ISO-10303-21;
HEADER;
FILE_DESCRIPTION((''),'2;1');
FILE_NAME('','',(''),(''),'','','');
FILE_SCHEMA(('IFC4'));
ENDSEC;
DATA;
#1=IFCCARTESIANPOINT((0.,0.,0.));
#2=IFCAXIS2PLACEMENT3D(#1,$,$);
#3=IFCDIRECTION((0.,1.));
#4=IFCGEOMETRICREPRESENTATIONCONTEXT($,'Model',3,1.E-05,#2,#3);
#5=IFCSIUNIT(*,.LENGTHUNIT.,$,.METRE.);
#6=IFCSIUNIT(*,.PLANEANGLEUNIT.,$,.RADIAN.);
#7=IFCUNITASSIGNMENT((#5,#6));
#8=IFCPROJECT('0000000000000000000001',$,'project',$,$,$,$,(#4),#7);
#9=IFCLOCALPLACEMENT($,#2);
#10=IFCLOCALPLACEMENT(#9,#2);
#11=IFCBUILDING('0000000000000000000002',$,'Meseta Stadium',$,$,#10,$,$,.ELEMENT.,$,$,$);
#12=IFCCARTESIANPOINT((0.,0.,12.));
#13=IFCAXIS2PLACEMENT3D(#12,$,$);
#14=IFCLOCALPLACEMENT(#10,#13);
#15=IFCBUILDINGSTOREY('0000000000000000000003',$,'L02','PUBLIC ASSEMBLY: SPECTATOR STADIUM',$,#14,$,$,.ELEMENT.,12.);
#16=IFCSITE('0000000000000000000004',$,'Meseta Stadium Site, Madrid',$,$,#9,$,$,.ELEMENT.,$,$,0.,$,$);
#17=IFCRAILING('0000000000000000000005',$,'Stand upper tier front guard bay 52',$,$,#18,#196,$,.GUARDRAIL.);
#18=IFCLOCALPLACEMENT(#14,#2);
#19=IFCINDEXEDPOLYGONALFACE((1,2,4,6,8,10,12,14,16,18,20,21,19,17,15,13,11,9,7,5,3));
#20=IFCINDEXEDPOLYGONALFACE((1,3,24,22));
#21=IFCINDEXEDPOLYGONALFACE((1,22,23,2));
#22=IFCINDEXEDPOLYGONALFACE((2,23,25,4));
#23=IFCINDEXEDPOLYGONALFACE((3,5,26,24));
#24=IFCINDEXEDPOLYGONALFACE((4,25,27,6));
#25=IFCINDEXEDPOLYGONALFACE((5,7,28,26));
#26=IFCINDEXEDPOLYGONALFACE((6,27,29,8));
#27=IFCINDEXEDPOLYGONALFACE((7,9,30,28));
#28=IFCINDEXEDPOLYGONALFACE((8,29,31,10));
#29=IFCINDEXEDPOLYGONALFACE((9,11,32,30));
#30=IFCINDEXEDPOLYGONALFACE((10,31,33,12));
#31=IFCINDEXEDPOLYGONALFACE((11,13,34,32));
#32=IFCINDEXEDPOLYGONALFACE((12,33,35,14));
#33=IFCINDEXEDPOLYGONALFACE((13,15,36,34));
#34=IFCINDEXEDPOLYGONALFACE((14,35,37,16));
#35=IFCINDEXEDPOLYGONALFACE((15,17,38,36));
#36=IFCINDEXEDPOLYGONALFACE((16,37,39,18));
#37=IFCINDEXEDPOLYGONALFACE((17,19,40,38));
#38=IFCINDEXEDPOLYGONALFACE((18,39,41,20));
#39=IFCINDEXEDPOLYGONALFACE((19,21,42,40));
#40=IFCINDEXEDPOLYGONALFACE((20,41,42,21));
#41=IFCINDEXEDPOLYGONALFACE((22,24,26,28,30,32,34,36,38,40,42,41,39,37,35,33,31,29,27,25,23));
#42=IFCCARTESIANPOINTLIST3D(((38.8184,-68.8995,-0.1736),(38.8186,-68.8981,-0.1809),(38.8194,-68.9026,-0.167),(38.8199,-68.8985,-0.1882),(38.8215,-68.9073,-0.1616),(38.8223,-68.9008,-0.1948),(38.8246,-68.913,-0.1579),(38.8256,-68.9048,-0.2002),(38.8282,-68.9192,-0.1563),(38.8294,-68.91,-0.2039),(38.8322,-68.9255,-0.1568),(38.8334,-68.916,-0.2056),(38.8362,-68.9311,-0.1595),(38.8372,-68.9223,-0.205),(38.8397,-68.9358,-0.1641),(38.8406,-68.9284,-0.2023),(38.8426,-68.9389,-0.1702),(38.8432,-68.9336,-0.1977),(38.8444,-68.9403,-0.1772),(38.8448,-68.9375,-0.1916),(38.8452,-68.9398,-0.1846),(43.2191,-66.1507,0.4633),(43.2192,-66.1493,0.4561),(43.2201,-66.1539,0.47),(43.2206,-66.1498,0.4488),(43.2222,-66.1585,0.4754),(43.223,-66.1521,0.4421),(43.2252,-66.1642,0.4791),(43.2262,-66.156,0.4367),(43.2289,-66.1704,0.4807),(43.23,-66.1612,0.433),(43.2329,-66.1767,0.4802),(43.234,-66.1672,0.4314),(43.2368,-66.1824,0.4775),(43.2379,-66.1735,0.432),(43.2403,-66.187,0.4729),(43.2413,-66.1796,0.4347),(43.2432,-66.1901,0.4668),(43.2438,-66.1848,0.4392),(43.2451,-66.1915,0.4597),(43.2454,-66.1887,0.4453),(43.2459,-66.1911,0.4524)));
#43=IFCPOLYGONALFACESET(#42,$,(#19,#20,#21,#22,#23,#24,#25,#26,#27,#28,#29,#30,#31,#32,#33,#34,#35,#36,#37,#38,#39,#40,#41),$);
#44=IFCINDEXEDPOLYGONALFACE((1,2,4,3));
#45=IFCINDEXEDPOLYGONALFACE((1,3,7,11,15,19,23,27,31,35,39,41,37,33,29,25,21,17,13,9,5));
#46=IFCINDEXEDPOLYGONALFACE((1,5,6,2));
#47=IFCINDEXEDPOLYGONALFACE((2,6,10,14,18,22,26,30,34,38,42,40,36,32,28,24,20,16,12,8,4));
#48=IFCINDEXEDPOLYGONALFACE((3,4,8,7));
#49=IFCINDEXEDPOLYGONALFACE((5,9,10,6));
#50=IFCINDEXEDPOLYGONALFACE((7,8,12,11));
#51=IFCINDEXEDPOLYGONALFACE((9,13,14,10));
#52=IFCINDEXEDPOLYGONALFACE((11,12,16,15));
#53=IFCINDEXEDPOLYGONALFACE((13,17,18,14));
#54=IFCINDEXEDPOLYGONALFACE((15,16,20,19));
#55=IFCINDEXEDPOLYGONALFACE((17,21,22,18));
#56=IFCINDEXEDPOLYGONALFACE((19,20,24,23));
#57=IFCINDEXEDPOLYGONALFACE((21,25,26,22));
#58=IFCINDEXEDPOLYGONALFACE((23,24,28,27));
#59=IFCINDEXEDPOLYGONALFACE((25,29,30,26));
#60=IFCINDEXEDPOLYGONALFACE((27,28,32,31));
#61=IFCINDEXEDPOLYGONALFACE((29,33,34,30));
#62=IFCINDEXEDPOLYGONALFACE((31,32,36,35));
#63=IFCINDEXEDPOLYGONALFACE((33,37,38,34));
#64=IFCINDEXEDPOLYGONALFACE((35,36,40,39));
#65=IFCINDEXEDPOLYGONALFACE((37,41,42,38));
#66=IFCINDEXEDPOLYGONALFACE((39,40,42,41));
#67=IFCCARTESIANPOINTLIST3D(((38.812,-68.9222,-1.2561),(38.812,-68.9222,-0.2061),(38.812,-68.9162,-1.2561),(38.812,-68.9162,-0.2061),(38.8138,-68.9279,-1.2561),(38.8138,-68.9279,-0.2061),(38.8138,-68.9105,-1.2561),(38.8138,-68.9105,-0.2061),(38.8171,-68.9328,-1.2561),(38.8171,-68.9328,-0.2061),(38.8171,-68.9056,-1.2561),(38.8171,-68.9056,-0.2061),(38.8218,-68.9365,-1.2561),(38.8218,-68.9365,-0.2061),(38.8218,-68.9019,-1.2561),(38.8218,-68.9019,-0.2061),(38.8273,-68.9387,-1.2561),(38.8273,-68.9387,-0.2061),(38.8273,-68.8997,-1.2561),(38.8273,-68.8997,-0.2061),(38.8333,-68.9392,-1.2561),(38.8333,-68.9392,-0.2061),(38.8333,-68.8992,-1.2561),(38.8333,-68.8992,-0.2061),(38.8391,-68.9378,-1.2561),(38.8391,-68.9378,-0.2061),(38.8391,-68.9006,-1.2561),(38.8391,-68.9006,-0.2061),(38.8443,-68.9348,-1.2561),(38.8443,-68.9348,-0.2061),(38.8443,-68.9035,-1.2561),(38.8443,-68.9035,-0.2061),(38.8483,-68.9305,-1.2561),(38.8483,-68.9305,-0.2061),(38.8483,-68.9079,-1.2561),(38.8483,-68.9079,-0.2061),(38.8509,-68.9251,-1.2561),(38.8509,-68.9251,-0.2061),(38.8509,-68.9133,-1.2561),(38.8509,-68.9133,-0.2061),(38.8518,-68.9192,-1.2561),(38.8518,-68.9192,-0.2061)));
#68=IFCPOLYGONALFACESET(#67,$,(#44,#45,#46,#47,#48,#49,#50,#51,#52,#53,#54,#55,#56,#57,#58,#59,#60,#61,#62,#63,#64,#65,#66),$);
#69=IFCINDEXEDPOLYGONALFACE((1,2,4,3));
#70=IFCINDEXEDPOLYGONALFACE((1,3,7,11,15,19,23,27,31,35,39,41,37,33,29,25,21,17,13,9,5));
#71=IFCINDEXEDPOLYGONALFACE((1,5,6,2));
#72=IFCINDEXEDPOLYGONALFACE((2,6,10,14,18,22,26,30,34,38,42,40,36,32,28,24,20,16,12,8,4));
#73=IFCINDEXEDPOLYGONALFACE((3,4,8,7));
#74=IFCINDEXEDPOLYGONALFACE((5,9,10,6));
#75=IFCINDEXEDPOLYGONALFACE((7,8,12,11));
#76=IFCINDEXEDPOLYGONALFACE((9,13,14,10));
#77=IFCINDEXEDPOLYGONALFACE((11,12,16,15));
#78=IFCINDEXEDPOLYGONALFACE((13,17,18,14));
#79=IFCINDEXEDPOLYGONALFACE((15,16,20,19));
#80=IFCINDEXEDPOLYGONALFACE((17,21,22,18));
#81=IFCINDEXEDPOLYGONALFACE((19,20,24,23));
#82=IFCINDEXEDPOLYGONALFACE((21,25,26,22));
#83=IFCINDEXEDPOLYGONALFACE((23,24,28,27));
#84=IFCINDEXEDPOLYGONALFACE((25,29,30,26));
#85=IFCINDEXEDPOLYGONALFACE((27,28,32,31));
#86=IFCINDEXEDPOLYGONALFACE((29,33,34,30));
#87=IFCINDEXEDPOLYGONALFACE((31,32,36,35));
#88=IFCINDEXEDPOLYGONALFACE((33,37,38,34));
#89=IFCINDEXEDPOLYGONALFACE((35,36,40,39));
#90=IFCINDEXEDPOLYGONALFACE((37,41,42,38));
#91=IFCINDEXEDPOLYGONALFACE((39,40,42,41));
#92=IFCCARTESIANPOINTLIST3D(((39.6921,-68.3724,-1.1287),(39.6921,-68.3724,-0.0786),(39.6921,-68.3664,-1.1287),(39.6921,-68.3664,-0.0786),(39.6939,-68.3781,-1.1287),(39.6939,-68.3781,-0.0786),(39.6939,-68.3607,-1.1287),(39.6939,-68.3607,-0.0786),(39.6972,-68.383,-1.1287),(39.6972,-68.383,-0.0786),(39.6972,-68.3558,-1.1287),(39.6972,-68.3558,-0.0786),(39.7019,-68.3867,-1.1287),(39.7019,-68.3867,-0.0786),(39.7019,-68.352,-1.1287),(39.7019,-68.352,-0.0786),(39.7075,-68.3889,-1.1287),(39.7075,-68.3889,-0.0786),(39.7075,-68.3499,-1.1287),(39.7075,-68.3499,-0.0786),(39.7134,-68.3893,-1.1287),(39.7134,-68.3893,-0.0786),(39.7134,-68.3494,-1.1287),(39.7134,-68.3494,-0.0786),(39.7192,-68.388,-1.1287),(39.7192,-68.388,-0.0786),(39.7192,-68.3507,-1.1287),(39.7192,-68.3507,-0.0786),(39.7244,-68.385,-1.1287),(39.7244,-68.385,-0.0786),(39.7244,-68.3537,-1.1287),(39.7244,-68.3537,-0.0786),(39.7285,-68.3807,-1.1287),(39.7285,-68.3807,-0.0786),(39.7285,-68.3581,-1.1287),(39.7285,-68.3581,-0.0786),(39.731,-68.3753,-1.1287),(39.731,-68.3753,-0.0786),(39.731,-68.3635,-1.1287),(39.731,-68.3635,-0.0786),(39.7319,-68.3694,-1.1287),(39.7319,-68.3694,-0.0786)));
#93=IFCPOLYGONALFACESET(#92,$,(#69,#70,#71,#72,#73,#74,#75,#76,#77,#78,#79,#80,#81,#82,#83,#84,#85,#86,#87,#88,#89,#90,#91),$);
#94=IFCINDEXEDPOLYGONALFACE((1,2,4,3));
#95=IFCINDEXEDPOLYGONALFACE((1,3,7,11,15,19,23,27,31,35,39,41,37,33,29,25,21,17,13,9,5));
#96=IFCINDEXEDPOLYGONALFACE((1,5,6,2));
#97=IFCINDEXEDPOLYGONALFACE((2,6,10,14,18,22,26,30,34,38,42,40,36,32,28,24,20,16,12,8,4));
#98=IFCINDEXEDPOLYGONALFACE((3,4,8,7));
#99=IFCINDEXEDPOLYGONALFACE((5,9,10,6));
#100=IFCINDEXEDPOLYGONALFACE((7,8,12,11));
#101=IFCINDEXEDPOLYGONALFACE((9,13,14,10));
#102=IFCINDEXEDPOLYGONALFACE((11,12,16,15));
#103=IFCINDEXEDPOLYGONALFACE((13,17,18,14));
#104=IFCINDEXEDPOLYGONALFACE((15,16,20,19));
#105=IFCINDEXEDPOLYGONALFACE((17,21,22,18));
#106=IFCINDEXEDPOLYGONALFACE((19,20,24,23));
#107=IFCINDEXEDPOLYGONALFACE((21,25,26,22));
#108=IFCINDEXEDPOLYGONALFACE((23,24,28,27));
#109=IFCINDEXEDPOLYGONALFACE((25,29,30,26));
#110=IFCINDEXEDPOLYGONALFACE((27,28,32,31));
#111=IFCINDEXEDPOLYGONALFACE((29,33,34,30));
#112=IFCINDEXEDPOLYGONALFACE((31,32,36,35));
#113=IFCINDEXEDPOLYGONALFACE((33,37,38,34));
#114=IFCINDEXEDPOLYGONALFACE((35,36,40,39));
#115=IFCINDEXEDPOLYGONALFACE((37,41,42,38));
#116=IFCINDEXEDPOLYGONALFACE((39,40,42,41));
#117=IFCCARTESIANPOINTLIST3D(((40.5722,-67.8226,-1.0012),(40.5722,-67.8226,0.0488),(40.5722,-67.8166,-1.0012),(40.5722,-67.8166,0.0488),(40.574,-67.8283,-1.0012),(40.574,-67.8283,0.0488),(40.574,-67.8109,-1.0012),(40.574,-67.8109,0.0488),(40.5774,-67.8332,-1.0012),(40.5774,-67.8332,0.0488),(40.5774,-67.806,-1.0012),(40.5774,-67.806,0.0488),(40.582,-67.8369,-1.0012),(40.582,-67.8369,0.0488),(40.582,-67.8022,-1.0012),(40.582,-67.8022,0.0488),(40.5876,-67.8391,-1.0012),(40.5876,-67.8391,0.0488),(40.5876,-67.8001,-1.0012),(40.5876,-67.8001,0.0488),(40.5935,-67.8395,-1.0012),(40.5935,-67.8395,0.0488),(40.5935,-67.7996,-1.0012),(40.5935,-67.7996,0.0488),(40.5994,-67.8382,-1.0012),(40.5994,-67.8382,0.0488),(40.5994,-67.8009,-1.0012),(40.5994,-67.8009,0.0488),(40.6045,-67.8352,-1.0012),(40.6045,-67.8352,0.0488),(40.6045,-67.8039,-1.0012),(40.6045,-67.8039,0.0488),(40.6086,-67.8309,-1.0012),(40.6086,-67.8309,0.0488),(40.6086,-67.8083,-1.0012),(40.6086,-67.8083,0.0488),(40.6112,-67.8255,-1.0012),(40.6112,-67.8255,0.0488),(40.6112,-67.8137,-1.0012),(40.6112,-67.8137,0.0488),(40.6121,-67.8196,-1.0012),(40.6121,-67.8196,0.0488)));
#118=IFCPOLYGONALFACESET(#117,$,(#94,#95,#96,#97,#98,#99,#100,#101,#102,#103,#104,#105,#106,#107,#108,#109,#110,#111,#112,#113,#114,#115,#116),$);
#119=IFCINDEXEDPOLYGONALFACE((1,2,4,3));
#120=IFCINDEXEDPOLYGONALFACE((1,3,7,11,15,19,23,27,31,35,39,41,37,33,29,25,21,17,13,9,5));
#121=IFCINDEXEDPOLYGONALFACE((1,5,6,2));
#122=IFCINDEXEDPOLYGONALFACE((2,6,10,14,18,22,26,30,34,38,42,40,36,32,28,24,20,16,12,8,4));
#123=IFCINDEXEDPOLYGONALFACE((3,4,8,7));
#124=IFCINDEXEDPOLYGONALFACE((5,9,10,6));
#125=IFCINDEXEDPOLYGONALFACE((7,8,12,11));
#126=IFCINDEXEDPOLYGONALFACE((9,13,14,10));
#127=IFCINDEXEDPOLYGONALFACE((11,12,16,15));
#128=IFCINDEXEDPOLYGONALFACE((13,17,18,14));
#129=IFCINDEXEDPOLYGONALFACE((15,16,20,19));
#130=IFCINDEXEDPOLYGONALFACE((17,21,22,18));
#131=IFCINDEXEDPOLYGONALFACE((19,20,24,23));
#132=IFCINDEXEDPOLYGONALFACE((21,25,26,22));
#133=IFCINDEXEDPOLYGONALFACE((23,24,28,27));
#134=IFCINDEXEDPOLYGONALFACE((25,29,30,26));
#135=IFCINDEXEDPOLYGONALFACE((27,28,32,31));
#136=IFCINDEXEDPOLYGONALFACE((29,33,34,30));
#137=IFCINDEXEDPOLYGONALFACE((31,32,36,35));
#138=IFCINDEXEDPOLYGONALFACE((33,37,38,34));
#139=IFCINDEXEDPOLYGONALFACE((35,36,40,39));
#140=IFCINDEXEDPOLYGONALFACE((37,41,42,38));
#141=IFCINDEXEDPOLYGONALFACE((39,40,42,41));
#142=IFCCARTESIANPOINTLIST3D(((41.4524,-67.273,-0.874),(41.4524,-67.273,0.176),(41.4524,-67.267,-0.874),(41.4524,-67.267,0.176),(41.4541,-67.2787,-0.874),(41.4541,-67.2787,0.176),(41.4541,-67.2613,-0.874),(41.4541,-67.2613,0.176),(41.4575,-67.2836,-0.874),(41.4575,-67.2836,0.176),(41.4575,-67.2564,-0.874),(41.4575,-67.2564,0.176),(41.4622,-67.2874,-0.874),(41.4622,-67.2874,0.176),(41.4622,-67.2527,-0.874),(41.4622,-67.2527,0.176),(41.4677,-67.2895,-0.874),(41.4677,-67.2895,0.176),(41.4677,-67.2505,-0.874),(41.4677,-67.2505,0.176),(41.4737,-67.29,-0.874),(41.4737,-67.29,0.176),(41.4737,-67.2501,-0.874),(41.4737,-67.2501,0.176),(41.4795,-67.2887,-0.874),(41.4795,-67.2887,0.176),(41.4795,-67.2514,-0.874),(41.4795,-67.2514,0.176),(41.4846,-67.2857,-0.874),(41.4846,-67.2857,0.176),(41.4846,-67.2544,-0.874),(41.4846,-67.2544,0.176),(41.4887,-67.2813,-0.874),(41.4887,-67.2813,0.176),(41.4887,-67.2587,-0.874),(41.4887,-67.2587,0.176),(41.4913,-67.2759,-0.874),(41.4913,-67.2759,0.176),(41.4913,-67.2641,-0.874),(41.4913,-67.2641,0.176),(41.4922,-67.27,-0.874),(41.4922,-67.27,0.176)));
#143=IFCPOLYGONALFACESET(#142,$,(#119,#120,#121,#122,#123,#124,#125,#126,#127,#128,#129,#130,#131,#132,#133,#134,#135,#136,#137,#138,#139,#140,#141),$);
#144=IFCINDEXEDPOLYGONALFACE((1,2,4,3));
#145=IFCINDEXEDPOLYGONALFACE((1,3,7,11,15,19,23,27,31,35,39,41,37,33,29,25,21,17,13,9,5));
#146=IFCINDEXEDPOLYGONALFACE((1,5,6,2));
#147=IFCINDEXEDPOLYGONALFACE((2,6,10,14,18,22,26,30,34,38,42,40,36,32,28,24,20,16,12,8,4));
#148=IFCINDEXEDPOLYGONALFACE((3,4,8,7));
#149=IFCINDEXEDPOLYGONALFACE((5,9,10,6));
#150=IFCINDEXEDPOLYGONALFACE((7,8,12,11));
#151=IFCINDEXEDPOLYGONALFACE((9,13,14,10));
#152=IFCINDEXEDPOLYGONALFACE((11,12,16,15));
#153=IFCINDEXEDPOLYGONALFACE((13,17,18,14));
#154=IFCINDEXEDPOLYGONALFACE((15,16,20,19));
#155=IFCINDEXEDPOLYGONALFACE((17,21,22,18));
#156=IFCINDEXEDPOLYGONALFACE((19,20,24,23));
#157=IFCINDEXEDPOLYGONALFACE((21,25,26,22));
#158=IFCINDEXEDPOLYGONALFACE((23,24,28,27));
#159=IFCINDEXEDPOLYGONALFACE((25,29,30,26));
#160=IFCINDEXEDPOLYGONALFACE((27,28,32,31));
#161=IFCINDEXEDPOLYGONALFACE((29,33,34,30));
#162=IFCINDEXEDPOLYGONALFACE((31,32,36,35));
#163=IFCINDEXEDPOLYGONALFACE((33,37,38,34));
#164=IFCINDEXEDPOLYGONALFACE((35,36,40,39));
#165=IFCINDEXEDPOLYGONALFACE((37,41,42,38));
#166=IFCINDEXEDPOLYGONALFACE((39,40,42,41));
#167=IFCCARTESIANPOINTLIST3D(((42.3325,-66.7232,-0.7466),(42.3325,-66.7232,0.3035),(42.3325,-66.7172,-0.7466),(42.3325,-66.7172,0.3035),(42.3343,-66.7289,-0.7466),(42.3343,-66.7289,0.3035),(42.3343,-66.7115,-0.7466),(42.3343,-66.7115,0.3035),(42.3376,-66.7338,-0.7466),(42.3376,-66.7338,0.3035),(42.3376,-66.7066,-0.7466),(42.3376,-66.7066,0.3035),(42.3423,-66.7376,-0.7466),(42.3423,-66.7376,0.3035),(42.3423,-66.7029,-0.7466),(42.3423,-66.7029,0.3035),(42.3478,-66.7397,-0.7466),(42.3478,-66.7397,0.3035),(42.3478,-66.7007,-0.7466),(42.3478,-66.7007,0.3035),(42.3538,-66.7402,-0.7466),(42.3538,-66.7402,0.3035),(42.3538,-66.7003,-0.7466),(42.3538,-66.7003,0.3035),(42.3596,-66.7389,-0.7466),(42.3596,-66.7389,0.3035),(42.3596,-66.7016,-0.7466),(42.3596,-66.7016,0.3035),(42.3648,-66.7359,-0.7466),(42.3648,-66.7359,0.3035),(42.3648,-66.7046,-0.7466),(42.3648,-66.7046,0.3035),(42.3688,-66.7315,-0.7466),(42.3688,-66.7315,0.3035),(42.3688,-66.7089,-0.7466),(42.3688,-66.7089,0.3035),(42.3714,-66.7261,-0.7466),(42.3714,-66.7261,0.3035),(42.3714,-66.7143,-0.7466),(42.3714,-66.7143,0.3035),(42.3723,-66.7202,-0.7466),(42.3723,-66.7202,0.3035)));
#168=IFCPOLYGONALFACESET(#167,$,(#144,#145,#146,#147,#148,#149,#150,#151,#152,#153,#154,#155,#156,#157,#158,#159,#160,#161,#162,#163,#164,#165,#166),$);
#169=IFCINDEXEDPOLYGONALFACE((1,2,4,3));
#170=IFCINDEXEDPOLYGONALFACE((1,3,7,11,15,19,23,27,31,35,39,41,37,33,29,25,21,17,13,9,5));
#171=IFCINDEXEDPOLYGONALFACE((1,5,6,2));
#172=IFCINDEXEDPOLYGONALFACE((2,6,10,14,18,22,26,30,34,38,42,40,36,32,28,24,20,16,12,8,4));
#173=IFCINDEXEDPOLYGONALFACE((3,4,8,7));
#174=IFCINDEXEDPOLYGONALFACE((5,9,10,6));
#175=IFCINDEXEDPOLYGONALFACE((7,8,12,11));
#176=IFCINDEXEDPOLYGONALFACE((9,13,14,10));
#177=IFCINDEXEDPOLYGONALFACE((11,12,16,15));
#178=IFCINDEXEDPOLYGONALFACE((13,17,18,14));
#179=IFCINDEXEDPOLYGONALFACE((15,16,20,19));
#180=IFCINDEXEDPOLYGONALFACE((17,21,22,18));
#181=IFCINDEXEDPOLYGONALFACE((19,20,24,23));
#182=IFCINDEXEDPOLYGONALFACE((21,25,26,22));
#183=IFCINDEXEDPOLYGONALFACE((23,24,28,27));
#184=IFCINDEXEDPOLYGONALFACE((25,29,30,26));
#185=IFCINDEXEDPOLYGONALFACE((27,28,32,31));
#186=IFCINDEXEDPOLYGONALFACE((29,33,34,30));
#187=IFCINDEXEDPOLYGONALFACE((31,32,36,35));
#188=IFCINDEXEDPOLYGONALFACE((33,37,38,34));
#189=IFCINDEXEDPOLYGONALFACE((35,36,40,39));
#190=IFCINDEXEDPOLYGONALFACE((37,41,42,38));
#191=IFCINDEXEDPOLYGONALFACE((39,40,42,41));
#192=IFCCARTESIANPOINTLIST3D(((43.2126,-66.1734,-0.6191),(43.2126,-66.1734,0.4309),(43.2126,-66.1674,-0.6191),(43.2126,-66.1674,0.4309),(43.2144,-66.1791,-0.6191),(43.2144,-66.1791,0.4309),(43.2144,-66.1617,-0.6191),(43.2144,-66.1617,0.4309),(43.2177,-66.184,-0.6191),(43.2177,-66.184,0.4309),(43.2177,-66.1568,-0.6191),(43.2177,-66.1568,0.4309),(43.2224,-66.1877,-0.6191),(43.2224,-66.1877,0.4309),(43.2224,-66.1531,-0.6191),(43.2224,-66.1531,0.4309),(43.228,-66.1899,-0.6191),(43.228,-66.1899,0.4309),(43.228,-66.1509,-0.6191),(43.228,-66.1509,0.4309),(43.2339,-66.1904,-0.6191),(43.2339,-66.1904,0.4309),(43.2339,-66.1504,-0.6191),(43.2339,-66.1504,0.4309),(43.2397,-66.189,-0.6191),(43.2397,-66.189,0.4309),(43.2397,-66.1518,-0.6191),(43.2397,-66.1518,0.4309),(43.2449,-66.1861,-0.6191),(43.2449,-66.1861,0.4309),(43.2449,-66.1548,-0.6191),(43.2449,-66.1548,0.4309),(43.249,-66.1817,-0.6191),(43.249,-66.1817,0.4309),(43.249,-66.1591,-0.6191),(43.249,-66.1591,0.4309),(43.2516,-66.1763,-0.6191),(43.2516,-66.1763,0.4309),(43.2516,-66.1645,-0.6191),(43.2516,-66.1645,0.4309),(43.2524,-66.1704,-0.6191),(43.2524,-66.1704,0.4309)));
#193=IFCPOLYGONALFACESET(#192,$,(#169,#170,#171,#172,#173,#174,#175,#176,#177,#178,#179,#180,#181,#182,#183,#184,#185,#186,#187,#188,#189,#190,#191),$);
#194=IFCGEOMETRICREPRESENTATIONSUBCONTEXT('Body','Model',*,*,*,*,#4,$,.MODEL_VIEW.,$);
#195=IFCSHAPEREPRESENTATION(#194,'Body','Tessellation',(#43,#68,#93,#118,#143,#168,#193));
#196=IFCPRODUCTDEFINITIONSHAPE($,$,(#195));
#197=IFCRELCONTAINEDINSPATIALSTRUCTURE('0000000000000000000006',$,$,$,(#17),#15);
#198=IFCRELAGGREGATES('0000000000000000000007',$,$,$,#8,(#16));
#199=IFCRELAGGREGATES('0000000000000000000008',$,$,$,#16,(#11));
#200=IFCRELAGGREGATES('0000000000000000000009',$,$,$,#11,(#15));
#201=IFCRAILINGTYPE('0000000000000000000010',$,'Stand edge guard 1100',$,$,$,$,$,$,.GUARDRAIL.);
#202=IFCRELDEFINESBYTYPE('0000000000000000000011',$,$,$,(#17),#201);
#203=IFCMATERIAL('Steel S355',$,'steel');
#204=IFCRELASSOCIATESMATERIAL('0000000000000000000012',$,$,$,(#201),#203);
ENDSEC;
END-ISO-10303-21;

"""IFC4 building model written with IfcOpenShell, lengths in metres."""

from ifc_helpers import new_model, si_unit, direction, frame, origin, origin_2d, place, context, subcontext, project, spatial, circle, extrude, material, type_object, element, save


model = new_model("IFC4")

# Units and contexts
model_context = context("Model", 3, precision=1e-05, world=origin(), true_north=direction((0.0, 1.0)))
body_context = subcontext(model_context, "Body", "Model", "MODEL_VIEW")
ifc_project = project(units=[si_unit("LENGTHUNIT", "METRE"), si_unit("PLANEANGLEUNIT", "RADIAN")], contexts=[model_context])

# Site, building, storey
site_placement = place(None, origin())
site = spatial("IfcSite", under=ifc_project, at=site_placement, Name="Meseta Stadium Site, Madrid", CompositionType="ELEMENT", RefElevation=0.0)
building_placement = place(site_placement, origin())
building = spatial("IfcBuilding", under=site, at=building_placement, Name="Meseta Stadium", CompositionType="ELEMENT")
storey_placement = place(building_placement, frame((0.0, 0.0, 12.0)))
storey = spatial("IfcBuildingStorey", under=building, at=storey_placement, Name="L02", Description="PUBLIC ASSEMBLY: SPECTATOR STADIUM", CompositionType="ELEMENT", Elevation=12.0)

# Railing
ifc_material_1 = material(Name="Steel S355", Category="steel")
railing_type = type_object("IfcRailingType", Name="Stand edge guard 1100", PredefinedType="GUARDRAIL", material=ifc_material_1)
railing_1_placement = place(storey_placement, frame((38.8318, -68.9192, -1.2561)))
element("IfcRailing", 1, at=railing_1_placement, inside=storey, type_object=railing_type, Name="Stand upper tier front guard bay 52", PredefinedType="GUARDRAIL", context=body_context, shape_type="SweptSolid", body=[
    extrude(circle(Radius=0.0249, at=origin_2d()), frame((0.0, 0.0, 1.0752), z_axis=(0.841819, 0.525827, 0.121848), x_axis=(-0.529775, 0.848138, 0.0)), (0.0, 0.0, 1.0), 5.2275),
    extrude(circle(Radius=0.02, at=origin_2d()), origin(), (0.0, 0.0, 1.0), 1.05),
    extrude(circle(Radius=0.02, at=origin_2d()), frame((0.8801, 0.5498, 0.1274)), (0.0, 0.0, 1.0), 1.05),
    extrude(circle(Radius=0.02, at=origin_2d()), frame((1.7603, 1.0996, 0.2549)), (0.0, 0.0, 1.0), 1.05),
    extrude(circle(Radius=0.02, at=origin_2d()), frame((2.6404, 1.6492, 0.3821)), (0.0, 0.0, 1.0), 1.05),
    extrude(circle(Radius=0.02, at=origin_2d()), frame((3.5205, 2.199, 0.5095)), (0.0, 0.0, 1.0), 1.05),
    extrude(circle(Radius=0.02, at=origin_2d()), frame((4.4006, 2.7488, 0.637)), (0.0, 0.0, 1.0), 1.05),
])

save(model, "model.ifc")
